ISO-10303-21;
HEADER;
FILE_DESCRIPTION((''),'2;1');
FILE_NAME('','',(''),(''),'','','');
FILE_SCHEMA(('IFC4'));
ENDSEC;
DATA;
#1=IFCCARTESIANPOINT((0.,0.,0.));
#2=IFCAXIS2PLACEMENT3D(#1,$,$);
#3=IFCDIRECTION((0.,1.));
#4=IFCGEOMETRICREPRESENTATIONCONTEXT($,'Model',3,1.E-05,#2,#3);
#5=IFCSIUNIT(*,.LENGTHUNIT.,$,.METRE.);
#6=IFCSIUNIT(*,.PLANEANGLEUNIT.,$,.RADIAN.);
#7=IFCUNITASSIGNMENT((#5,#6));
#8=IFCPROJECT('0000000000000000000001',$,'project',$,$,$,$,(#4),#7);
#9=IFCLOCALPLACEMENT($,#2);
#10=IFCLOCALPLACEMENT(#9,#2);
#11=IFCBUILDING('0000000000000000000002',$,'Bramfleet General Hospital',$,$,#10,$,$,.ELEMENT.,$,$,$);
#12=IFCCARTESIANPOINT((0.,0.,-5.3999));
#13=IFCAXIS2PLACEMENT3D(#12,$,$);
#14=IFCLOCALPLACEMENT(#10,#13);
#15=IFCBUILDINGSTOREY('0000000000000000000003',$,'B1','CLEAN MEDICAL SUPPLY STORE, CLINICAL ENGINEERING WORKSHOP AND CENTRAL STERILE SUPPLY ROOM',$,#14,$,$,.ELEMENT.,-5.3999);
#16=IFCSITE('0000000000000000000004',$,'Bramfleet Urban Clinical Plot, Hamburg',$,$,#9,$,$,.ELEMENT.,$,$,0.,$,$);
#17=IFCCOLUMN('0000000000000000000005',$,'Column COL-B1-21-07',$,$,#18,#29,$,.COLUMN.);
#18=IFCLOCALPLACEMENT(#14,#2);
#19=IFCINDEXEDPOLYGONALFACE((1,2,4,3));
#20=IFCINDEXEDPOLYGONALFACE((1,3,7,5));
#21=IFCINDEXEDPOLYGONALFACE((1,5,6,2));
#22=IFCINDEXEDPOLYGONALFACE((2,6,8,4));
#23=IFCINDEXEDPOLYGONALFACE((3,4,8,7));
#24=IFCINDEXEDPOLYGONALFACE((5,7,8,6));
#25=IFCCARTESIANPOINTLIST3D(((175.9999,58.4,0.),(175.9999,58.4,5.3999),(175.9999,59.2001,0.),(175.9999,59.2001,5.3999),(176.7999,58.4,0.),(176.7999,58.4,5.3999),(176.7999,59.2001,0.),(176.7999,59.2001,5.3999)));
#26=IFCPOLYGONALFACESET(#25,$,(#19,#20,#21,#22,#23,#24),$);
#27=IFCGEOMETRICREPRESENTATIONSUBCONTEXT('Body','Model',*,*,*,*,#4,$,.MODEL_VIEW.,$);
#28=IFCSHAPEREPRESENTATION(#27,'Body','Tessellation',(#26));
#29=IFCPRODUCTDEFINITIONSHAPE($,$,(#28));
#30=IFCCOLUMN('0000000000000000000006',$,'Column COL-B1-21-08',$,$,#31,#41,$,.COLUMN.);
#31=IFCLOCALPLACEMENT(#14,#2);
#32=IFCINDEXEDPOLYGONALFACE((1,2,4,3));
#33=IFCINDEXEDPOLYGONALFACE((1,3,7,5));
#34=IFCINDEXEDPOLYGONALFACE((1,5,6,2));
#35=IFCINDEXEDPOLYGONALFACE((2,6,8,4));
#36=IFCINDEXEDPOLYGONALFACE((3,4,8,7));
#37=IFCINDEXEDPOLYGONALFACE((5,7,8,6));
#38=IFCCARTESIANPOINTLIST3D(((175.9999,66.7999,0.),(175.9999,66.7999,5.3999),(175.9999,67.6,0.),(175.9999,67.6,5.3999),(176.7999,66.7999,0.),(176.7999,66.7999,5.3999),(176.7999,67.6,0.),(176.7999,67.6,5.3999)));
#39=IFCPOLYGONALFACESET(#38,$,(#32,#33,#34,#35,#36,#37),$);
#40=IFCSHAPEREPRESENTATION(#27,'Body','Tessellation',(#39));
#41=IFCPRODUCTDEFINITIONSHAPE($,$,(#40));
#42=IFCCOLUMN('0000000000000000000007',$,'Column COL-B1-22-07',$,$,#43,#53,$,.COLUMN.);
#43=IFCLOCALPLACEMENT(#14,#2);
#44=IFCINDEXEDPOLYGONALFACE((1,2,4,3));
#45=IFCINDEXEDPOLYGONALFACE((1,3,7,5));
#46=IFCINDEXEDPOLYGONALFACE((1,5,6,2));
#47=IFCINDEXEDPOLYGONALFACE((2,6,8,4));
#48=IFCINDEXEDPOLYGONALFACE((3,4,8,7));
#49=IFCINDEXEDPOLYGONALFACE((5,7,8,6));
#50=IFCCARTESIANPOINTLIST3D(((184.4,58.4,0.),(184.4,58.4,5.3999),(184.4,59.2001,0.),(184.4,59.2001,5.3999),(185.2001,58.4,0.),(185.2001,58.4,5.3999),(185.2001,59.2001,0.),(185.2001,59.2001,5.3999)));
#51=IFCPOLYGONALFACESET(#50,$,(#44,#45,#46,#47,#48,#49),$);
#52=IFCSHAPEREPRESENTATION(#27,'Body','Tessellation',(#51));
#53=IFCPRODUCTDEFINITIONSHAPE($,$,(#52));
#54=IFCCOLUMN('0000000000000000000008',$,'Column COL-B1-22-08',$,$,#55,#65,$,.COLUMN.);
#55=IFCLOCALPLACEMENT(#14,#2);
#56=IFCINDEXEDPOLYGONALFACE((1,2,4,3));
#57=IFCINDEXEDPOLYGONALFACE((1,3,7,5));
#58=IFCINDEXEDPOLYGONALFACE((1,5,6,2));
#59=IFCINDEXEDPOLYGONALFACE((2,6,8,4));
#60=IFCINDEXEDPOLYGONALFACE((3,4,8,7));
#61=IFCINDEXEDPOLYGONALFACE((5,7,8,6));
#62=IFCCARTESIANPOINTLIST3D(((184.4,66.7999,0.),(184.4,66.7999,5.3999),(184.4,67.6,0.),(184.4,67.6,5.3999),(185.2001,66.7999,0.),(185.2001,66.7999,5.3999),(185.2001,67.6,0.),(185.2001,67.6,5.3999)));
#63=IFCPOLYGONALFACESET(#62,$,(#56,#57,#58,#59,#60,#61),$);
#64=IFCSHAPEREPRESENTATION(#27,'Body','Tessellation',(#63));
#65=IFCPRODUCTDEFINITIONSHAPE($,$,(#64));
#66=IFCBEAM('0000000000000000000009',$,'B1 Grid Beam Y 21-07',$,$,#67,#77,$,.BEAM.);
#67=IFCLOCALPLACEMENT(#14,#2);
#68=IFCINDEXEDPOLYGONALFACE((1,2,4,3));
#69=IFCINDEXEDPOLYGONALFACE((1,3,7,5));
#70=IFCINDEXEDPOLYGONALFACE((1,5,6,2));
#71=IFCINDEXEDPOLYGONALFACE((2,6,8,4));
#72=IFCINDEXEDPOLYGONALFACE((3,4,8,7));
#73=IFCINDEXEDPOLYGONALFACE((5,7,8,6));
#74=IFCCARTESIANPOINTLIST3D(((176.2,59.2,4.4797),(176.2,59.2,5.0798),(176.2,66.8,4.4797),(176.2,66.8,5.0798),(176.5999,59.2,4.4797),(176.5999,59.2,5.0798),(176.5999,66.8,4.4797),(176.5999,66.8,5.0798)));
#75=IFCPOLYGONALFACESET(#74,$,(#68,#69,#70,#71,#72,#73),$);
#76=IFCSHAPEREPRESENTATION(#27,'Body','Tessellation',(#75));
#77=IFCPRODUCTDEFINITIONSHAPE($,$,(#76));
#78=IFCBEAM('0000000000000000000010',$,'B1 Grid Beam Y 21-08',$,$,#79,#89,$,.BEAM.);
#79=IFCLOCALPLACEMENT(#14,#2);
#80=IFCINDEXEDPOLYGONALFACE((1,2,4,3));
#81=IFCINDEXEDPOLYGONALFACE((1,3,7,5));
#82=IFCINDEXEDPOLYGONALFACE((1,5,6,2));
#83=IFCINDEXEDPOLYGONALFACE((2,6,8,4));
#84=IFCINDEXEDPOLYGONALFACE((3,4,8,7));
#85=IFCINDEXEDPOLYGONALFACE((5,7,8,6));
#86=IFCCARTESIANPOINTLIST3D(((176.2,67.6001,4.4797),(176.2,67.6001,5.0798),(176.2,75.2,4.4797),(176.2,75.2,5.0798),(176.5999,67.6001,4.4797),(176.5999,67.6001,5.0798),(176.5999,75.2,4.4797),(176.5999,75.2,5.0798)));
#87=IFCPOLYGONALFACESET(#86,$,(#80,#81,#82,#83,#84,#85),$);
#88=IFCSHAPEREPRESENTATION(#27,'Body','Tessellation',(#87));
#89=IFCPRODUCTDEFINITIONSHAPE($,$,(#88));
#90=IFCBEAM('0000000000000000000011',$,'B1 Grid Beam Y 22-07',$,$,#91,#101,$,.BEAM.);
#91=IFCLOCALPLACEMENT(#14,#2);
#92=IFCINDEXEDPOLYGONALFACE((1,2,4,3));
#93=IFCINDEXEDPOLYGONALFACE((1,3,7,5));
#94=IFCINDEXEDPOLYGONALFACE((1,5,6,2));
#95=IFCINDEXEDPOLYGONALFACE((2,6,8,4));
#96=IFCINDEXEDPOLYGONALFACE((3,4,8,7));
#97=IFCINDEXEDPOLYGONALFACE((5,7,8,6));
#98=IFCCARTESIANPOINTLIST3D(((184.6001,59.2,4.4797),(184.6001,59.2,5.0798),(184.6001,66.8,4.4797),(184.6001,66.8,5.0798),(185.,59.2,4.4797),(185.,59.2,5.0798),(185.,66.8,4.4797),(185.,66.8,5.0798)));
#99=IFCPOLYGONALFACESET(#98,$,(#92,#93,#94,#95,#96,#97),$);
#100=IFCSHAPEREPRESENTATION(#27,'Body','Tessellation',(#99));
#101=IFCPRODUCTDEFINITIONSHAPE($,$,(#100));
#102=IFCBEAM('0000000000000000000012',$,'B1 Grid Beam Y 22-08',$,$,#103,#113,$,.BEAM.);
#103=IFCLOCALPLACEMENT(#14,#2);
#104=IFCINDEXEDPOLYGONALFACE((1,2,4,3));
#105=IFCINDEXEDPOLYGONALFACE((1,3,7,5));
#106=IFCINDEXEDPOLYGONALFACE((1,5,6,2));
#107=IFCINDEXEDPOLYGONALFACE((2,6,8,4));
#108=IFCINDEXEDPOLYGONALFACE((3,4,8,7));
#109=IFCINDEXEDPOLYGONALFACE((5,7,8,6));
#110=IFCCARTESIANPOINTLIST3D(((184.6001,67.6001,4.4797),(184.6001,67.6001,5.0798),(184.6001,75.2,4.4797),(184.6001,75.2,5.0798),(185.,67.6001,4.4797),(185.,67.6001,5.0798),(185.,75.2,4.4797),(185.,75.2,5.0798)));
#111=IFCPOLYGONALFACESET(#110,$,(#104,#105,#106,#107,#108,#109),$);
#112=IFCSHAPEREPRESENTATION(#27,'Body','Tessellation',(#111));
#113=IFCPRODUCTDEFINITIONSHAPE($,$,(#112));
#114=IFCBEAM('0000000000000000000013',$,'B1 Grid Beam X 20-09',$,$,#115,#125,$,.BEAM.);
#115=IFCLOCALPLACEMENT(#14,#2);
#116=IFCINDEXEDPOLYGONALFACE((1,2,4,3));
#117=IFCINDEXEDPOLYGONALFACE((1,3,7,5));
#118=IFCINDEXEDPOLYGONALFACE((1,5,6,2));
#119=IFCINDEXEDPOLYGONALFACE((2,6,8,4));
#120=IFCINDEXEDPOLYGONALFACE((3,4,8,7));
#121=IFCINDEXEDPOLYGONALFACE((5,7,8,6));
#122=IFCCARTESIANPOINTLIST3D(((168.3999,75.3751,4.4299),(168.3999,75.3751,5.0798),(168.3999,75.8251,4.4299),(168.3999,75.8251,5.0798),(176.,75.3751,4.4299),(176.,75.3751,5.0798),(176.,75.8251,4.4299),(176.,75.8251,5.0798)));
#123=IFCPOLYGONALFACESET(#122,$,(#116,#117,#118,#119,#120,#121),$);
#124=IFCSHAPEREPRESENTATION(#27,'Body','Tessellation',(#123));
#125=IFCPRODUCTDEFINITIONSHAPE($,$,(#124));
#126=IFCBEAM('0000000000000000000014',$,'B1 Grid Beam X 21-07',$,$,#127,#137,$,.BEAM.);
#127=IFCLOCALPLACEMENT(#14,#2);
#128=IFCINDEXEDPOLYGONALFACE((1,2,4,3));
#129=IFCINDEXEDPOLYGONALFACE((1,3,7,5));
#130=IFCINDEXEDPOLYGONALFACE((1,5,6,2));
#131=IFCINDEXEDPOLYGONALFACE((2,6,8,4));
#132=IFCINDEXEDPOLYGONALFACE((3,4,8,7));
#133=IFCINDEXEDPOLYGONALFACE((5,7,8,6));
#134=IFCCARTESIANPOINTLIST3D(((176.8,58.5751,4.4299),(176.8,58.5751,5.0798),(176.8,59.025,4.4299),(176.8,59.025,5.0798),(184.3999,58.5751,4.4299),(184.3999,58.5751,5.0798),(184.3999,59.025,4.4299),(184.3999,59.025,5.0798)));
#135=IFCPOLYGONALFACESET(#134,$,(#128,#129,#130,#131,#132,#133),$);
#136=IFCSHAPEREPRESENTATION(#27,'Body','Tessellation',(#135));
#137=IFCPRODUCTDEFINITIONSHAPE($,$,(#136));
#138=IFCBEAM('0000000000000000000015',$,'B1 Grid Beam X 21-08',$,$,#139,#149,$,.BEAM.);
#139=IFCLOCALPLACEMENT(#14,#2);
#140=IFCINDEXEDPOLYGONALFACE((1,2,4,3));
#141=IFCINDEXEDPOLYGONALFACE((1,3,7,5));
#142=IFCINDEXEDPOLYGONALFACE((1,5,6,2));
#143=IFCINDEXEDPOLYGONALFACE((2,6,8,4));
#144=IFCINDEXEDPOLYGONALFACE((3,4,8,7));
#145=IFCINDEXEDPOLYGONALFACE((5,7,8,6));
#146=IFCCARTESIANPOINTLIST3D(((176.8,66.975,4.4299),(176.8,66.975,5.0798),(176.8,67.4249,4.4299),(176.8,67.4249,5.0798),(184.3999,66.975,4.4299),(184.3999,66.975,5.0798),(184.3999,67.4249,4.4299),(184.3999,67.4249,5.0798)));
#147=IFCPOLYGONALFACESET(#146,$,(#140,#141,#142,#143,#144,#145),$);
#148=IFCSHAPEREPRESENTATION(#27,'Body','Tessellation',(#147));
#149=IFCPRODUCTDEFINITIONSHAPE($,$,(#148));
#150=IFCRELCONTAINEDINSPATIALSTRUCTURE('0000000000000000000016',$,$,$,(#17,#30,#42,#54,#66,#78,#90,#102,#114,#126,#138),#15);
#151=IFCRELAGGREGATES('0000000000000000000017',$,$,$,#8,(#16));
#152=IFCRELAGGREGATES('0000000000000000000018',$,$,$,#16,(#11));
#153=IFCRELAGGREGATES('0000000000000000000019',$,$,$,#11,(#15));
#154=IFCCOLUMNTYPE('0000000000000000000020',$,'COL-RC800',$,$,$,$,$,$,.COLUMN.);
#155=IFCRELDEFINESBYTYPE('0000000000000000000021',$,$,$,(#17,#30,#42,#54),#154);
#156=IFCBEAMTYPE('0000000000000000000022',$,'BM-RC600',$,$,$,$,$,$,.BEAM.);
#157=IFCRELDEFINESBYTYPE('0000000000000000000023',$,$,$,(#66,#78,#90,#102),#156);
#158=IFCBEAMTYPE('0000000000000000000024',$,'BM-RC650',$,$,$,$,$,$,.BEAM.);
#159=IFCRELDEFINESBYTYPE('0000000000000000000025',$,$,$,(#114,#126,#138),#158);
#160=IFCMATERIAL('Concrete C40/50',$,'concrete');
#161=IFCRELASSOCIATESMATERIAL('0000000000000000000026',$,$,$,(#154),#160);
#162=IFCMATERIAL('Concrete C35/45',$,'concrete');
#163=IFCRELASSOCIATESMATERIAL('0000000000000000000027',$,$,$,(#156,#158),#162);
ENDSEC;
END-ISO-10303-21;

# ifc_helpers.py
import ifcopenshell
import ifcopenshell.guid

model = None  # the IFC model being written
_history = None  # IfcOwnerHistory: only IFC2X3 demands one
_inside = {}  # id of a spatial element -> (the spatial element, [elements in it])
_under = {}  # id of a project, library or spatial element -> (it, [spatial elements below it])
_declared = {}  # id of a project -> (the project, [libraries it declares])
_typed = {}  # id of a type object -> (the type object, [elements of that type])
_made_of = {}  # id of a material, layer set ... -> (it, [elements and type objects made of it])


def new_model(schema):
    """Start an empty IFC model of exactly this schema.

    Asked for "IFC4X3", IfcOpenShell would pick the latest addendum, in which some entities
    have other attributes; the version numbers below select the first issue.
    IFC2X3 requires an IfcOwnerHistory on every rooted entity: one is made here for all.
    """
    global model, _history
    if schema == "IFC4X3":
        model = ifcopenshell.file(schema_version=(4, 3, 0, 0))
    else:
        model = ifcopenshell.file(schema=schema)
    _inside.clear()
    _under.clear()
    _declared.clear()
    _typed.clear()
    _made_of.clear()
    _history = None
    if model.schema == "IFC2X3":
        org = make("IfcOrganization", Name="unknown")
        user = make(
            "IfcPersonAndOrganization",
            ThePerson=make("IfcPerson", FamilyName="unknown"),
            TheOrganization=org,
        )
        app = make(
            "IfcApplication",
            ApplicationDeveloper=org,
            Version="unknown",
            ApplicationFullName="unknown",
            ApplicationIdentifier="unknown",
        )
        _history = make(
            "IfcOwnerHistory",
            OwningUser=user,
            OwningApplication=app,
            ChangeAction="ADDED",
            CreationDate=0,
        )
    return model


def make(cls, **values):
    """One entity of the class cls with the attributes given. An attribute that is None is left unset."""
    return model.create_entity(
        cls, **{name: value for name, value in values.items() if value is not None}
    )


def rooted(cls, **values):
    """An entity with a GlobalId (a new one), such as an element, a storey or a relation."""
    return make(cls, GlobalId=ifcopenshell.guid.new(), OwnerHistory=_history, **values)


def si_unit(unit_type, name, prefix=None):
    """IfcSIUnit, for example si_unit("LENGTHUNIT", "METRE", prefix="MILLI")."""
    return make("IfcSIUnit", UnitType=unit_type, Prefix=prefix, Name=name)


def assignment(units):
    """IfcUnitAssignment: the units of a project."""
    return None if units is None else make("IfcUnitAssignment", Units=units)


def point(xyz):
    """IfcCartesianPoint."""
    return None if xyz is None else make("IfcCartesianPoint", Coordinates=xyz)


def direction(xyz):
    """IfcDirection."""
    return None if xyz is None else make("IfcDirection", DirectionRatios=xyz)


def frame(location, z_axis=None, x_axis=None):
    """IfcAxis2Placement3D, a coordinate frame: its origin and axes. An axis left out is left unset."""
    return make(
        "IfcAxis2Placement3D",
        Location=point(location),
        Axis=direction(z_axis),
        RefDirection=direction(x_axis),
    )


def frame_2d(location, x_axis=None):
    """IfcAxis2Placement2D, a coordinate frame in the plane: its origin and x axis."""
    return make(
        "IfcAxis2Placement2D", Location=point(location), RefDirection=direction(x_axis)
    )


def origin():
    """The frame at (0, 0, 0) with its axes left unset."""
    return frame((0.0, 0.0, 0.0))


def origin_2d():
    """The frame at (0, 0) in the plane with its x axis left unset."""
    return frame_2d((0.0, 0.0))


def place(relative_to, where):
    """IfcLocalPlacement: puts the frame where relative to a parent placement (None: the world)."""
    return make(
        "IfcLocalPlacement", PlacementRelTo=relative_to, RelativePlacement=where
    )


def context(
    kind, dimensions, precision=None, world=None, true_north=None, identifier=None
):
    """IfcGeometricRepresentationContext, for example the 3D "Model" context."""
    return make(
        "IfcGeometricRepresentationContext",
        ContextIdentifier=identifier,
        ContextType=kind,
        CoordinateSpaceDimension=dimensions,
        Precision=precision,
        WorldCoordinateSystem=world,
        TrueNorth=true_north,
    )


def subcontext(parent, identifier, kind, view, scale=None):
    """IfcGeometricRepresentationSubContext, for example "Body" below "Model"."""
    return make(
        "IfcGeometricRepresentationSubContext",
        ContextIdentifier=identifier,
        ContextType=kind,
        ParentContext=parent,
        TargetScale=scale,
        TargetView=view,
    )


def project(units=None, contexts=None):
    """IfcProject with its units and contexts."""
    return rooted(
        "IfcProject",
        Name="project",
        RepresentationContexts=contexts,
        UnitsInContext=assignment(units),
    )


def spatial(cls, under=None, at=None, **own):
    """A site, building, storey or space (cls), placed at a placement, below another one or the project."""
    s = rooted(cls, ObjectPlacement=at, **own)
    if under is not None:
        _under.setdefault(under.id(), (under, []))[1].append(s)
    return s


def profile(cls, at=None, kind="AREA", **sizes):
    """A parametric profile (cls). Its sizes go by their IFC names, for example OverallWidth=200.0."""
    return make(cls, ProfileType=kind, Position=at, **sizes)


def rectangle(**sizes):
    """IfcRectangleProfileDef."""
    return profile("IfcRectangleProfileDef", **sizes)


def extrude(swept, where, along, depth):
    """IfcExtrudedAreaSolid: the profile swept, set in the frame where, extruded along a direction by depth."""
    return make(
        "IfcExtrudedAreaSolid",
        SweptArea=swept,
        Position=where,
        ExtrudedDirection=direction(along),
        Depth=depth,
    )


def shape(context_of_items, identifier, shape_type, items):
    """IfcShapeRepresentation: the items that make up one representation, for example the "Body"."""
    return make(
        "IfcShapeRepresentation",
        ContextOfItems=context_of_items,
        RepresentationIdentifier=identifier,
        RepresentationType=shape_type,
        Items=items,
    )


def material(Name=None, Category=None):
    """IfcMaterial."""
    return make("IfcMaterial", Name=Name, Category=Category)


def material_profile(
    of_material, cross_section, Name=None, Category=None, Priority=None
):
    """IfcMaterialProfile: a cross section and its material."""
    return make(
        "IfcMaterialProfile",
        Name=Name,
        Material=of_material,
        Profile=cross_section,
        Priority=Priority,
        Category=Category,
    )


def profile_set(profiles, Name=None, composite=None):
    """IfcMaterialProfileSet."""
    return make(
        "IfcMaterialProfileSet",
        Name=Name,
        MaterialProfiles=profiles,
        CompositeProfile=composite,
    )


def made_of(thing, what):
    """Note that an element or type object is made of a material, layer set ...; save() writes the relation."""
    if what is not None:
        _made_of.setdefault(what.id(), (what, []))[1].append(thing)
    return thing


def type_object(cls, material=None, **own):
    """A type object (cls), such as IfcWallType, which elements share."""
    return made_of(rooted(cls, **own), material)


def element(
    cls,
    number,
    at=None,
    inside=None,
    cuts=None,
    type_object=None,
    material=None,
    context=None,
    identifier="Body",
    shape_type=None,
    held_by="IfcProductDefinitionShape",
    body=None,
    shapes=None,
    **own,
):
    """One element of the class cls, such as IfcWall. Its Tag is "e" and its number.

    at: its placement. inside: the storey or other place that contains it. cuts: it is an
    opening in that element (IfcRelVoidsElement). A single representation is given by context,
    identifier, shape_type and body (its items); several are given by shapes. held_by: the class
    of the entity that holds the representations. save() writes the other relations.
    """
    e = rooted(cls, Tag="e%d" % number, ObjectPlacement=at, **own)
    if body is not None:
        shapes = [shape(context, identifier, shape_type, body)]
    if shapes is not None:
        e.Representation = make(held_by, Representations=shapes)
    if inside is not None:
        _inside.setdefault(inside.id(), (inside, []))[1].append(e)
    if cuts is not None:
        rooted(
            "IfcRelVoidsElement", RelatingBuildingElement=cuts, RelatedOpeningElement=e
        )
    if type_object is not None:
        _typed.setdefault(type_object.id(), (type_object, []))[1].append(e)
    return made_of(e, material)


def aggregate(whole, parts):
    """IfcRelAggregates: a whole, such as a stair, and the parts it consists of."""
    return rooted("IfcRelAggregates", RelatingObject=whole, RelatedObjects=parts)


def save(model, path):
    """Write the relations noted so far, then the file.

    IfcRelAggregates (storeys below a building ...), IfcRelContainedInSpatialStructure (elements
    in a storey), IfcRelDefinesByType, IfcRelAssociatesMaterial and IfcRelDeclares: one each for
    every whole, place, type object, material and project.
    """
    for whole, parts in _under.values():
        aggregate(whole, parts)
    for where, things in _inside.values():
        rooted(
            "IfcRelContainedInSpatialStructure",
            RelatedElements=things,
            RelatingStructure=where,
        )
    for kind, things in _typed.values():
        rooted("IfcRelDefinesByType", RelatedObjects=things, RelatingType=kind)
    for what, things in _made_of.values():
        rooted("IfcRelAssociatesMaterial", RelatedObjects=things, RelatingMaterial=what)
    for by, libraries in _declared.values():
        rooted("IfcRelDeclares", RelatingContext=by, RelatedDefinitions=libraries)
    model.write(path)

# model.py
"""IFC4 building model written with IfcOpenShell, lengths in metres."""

from ifc_helpers import new_model, si_unit, direction, frame, origin, origin_2d, place, context, subcontext, project, spatial, rectangle, extrude, material, material_profile, profile_set, type_object, element, save


model = new_model("IFC4")

# Units and contexts
model_context = context("Model", 3, precision=1e-05, world=origin(), true_north=direction((0.0, 1.0)))
body_context = subcontext(model_context, "Body", "Model", "MODEL_VIEW")
ifc_project = project(units=[si_unit("LENGTHUNIT", "METRE"), si_unit("PLANEANGLEUNIT", "RADIAN")], contexts=[model_context])

# Site, building, storey
site_placement = place(None, origin())
site = spatial("IfcSite", under=ifc_project, at=site_placement, Name="Bramfleet Urban Clinical Plot, Hamburg", CompositionType="ELEMENT", RefElevation=0.0)
building_placement = place(site_placement, origin())
building = spatial("IfcBuilding", under=site, at=building_placement, Name="Bramfleet General Hospital", CompositionType="ELEMENT")
storey_placement = place(building_placement, frame((0.0, 0.0, -5.3999)))
storey = spatial("IfcBuildingStorey", under=building, at=storey_placement, Name="B1", Description="CLEAN MEDICAL SUPPLY STORE, CLINICAL ENGINEERING WORKSHOP AND CENTRAL STERILE SUPPLY ROOM", CompositionType="ELEMENT", Elevation=-5.3999)

# Shared definitions
ifc_material_1 = material(Name="Concrete C35/45", Category="concrete")

# Columns
ifc_material_2 = material(Name="Concrete C40/50", Category="concrete")
ifc_material_profile_1 = material_profile(ifc_material_2, rectangle(XDim=0.8, YDim=0.8, at=origin_2d()), Name="RC COL 800x800")
ifc_profile_set_1 = profile_set([ifc_material_profile_1], Name="Concrete C40/50")
column_type = type_object("IfcColumnType", Name="COL-RC800", PredefinedType="COLUMN", material=ifc_profile_set_1)
for number, where, z_axis, x_axis, name in (
    (1, (176.3999, 58.8, 0.0), (0.0, 0.0, 1.0), (1.0, 0.0, 0.0), "Column COL-B1-21-07"),
    (2, (176.3999, 67.2, 0.0), (0.0, 0.0, 1.0), (1.0, 0.0, 0.0), "Column COL-B1-21-08"),
    (3, (184.8, 58.8, 0.0), (0.0, 0.0, 1.0), (1.0, 0.0, 0.0), "Column COL-B1-22-07"),
    (4, (184.8, 67.2, 0.0), (0.0, 0.0, 1.0), (1.0, 0.0, 0.0), "Column COL-B1-22-08"),
):
    element("IfcColumn", number, at=place(storey_placement, frame(where, z_axis=z_axis, x_axis=x_axis)), inside=storey, type_object=column_type, Name=name, PredefinedType="COLUMN", context=body_context, shape_type="SweptSolid", body=[
        extrude(rectangle(XDim=0.8, YDim=0.8, at=origin_2d()), origin(), (0.0, 0.0, 1.0), 5.3999),
    ])

# Beams
ifc_material_profile_2 = material_profile(ifc_material_1, rectangle(XDim=0.3999, YDim=0.6001, at=origin_2d()), Name="RC BM 600x400")
ifc_profile_set_2 = profile_set([ifc_material_profile_2], Name="Concrete C35/45")
beam_type_1 = type_object("IfcBeamType", Name="BM-RC600", PredefinedType="BEAM", material=ifc_profile_set_2)
beam_1_placement = place(storey_placement, frame((176.3999, 59.2, 4.7798), z_axis=(0.0, 1.0, 0.0), x_axis=(-1.0, 0.0, 0.0)))
element("IfcBeam", 5, at=beam_1_placement, inside=storey, type_object=beam_type_1, Name="B1 Grid Beam Y 21-07", PredefinedType="BEAM", context=body_context, shape_type="SweptSolid", body=[
    extrude(rectangle(XDim=0.3999, YDim=0.6001, at=origin_2d()), origin(), (0.0, 0.0, 1.0), 7.6001),
])
beam_2_placement = place(storey_placement, frame((176.3999, 67.6001, 4.7798), z_axis=(0.0, 1.0, 0.0), x_axis=(-1.0, 0.0, 0.0)))
element("IfcBeam", 6, at=beam_2_placement, inside=storey, type_object=beam_type_1, Name="B1 Grid Beam Y 21-08", PredefinedType="BEAM", context=body_context, shape_type="SweptSolid", body=[
    extrude(rectangle(XDim=0.3999, YDim=0.6001, at=origin_2d()), origin(), (0.0, 0.0, 1.0), 7.5999),
])
beam_3_placement = place(storey_placement, frame((184.8, 59.2, 4.7798), z_axis=(0.0, 1.0, 0.0), x_axis=(-1.0, 0.0, 0.0)))
element("IfcBeam", 7, at=beam_3_placement, inside=storey, type_object=beam_type_1, Name="B1 Grid Beam Y 22-07", PredefinedType="BEAM", context=body_context, shape_type="SweptSolid", body=[
    extrude(rectangle(XDim=0.3999, YDim=0.6001, at=origin_2d()), origin(), (0.0, 0.0, 1.0), 7.6001),
])
beam_4_placement = place(storey_placement, frame((184.8, 67.6001, 4.7798), z_axis=(0.0, 1.0, 0.0), x_axis=(-1.0, 0.0, 0.0)))
element("IfcBeam", 8, at=beam_4_placement, inside=storey, type_object=beam_type_1, Name="B1 Grid Beam Y 22-08", PredefinedType="BEAM", context=body_context, shape_type="SweptSolid", body=[
    extrude(rectangle(XDim=0.3999, YDim=0.6001, at=origin_2d()), origin(), (0.0, 0.0, 1.0), 7.5999),
])
ifc_material_profile_3 = material_profile(ifc_material_1, rectangle(XDim=0.45, YDim=0.6499, at=origin_2d()), Name="RC BM 650x450")
ifc_profile_set_3 = profile_set([ifc_material_profile_3], Name="Concrete C35/45")
beam_type_2 = type_object("IfcBeamType", Name="BM-RC650", PredefinedType="BEAM", material=ifc_profile_set_3)
beam_5_placement = place(storey_placement, frame((168.3999, 75.6001, 4.7549), z_axis=(1.0, 0.0, 0.0), x_axis=(0.0, 1.0, 0.0)))
element("IfcBeam", 9, at=beam_5_placement, inside=storey, type_object=beam_type_2, Name="B1 Grid Beam X 20-09", PredefinedType="BEAM", context=body_context, shape_type="SweptSolid", body=[
    extrude(rectangle(XDim=0.45, YDim=0.6499, at=origin_2d()), origin(), (0.0, 0.0, 1.0), 7.6001),
])
for number, where, z_axis, x_axis, name in (
    (10, (176.8, 58.8, 4.7549), (1.0, 0.0, 0.0), (0.0, 1.0, 0.0), "B1 Grid Beam X 21-07"),
    (11, (176.8, 67.2, 4.7549), (1.0, 0.0, 0.0), (0.0, 1.0, 0.0), "B1 Grid Beam X 21-08"),
):
    element("IfcBeam", number, at=place(storey_placement, frame(where, z_axis=z_axis, x_axis=x_axis)), inside=storey, type_object=beam_type_2, Name=name, PredefinedType="BEAM", context=body_context, shape_type="SweptSolid", body=[
        extrude(rectangle(XDim=0.45, YDim=0.6499, at=origin_2d()), origin(), (0.0, 0.0, 1.0), 7.5999),
    ])

save(model, "model.ifc")
